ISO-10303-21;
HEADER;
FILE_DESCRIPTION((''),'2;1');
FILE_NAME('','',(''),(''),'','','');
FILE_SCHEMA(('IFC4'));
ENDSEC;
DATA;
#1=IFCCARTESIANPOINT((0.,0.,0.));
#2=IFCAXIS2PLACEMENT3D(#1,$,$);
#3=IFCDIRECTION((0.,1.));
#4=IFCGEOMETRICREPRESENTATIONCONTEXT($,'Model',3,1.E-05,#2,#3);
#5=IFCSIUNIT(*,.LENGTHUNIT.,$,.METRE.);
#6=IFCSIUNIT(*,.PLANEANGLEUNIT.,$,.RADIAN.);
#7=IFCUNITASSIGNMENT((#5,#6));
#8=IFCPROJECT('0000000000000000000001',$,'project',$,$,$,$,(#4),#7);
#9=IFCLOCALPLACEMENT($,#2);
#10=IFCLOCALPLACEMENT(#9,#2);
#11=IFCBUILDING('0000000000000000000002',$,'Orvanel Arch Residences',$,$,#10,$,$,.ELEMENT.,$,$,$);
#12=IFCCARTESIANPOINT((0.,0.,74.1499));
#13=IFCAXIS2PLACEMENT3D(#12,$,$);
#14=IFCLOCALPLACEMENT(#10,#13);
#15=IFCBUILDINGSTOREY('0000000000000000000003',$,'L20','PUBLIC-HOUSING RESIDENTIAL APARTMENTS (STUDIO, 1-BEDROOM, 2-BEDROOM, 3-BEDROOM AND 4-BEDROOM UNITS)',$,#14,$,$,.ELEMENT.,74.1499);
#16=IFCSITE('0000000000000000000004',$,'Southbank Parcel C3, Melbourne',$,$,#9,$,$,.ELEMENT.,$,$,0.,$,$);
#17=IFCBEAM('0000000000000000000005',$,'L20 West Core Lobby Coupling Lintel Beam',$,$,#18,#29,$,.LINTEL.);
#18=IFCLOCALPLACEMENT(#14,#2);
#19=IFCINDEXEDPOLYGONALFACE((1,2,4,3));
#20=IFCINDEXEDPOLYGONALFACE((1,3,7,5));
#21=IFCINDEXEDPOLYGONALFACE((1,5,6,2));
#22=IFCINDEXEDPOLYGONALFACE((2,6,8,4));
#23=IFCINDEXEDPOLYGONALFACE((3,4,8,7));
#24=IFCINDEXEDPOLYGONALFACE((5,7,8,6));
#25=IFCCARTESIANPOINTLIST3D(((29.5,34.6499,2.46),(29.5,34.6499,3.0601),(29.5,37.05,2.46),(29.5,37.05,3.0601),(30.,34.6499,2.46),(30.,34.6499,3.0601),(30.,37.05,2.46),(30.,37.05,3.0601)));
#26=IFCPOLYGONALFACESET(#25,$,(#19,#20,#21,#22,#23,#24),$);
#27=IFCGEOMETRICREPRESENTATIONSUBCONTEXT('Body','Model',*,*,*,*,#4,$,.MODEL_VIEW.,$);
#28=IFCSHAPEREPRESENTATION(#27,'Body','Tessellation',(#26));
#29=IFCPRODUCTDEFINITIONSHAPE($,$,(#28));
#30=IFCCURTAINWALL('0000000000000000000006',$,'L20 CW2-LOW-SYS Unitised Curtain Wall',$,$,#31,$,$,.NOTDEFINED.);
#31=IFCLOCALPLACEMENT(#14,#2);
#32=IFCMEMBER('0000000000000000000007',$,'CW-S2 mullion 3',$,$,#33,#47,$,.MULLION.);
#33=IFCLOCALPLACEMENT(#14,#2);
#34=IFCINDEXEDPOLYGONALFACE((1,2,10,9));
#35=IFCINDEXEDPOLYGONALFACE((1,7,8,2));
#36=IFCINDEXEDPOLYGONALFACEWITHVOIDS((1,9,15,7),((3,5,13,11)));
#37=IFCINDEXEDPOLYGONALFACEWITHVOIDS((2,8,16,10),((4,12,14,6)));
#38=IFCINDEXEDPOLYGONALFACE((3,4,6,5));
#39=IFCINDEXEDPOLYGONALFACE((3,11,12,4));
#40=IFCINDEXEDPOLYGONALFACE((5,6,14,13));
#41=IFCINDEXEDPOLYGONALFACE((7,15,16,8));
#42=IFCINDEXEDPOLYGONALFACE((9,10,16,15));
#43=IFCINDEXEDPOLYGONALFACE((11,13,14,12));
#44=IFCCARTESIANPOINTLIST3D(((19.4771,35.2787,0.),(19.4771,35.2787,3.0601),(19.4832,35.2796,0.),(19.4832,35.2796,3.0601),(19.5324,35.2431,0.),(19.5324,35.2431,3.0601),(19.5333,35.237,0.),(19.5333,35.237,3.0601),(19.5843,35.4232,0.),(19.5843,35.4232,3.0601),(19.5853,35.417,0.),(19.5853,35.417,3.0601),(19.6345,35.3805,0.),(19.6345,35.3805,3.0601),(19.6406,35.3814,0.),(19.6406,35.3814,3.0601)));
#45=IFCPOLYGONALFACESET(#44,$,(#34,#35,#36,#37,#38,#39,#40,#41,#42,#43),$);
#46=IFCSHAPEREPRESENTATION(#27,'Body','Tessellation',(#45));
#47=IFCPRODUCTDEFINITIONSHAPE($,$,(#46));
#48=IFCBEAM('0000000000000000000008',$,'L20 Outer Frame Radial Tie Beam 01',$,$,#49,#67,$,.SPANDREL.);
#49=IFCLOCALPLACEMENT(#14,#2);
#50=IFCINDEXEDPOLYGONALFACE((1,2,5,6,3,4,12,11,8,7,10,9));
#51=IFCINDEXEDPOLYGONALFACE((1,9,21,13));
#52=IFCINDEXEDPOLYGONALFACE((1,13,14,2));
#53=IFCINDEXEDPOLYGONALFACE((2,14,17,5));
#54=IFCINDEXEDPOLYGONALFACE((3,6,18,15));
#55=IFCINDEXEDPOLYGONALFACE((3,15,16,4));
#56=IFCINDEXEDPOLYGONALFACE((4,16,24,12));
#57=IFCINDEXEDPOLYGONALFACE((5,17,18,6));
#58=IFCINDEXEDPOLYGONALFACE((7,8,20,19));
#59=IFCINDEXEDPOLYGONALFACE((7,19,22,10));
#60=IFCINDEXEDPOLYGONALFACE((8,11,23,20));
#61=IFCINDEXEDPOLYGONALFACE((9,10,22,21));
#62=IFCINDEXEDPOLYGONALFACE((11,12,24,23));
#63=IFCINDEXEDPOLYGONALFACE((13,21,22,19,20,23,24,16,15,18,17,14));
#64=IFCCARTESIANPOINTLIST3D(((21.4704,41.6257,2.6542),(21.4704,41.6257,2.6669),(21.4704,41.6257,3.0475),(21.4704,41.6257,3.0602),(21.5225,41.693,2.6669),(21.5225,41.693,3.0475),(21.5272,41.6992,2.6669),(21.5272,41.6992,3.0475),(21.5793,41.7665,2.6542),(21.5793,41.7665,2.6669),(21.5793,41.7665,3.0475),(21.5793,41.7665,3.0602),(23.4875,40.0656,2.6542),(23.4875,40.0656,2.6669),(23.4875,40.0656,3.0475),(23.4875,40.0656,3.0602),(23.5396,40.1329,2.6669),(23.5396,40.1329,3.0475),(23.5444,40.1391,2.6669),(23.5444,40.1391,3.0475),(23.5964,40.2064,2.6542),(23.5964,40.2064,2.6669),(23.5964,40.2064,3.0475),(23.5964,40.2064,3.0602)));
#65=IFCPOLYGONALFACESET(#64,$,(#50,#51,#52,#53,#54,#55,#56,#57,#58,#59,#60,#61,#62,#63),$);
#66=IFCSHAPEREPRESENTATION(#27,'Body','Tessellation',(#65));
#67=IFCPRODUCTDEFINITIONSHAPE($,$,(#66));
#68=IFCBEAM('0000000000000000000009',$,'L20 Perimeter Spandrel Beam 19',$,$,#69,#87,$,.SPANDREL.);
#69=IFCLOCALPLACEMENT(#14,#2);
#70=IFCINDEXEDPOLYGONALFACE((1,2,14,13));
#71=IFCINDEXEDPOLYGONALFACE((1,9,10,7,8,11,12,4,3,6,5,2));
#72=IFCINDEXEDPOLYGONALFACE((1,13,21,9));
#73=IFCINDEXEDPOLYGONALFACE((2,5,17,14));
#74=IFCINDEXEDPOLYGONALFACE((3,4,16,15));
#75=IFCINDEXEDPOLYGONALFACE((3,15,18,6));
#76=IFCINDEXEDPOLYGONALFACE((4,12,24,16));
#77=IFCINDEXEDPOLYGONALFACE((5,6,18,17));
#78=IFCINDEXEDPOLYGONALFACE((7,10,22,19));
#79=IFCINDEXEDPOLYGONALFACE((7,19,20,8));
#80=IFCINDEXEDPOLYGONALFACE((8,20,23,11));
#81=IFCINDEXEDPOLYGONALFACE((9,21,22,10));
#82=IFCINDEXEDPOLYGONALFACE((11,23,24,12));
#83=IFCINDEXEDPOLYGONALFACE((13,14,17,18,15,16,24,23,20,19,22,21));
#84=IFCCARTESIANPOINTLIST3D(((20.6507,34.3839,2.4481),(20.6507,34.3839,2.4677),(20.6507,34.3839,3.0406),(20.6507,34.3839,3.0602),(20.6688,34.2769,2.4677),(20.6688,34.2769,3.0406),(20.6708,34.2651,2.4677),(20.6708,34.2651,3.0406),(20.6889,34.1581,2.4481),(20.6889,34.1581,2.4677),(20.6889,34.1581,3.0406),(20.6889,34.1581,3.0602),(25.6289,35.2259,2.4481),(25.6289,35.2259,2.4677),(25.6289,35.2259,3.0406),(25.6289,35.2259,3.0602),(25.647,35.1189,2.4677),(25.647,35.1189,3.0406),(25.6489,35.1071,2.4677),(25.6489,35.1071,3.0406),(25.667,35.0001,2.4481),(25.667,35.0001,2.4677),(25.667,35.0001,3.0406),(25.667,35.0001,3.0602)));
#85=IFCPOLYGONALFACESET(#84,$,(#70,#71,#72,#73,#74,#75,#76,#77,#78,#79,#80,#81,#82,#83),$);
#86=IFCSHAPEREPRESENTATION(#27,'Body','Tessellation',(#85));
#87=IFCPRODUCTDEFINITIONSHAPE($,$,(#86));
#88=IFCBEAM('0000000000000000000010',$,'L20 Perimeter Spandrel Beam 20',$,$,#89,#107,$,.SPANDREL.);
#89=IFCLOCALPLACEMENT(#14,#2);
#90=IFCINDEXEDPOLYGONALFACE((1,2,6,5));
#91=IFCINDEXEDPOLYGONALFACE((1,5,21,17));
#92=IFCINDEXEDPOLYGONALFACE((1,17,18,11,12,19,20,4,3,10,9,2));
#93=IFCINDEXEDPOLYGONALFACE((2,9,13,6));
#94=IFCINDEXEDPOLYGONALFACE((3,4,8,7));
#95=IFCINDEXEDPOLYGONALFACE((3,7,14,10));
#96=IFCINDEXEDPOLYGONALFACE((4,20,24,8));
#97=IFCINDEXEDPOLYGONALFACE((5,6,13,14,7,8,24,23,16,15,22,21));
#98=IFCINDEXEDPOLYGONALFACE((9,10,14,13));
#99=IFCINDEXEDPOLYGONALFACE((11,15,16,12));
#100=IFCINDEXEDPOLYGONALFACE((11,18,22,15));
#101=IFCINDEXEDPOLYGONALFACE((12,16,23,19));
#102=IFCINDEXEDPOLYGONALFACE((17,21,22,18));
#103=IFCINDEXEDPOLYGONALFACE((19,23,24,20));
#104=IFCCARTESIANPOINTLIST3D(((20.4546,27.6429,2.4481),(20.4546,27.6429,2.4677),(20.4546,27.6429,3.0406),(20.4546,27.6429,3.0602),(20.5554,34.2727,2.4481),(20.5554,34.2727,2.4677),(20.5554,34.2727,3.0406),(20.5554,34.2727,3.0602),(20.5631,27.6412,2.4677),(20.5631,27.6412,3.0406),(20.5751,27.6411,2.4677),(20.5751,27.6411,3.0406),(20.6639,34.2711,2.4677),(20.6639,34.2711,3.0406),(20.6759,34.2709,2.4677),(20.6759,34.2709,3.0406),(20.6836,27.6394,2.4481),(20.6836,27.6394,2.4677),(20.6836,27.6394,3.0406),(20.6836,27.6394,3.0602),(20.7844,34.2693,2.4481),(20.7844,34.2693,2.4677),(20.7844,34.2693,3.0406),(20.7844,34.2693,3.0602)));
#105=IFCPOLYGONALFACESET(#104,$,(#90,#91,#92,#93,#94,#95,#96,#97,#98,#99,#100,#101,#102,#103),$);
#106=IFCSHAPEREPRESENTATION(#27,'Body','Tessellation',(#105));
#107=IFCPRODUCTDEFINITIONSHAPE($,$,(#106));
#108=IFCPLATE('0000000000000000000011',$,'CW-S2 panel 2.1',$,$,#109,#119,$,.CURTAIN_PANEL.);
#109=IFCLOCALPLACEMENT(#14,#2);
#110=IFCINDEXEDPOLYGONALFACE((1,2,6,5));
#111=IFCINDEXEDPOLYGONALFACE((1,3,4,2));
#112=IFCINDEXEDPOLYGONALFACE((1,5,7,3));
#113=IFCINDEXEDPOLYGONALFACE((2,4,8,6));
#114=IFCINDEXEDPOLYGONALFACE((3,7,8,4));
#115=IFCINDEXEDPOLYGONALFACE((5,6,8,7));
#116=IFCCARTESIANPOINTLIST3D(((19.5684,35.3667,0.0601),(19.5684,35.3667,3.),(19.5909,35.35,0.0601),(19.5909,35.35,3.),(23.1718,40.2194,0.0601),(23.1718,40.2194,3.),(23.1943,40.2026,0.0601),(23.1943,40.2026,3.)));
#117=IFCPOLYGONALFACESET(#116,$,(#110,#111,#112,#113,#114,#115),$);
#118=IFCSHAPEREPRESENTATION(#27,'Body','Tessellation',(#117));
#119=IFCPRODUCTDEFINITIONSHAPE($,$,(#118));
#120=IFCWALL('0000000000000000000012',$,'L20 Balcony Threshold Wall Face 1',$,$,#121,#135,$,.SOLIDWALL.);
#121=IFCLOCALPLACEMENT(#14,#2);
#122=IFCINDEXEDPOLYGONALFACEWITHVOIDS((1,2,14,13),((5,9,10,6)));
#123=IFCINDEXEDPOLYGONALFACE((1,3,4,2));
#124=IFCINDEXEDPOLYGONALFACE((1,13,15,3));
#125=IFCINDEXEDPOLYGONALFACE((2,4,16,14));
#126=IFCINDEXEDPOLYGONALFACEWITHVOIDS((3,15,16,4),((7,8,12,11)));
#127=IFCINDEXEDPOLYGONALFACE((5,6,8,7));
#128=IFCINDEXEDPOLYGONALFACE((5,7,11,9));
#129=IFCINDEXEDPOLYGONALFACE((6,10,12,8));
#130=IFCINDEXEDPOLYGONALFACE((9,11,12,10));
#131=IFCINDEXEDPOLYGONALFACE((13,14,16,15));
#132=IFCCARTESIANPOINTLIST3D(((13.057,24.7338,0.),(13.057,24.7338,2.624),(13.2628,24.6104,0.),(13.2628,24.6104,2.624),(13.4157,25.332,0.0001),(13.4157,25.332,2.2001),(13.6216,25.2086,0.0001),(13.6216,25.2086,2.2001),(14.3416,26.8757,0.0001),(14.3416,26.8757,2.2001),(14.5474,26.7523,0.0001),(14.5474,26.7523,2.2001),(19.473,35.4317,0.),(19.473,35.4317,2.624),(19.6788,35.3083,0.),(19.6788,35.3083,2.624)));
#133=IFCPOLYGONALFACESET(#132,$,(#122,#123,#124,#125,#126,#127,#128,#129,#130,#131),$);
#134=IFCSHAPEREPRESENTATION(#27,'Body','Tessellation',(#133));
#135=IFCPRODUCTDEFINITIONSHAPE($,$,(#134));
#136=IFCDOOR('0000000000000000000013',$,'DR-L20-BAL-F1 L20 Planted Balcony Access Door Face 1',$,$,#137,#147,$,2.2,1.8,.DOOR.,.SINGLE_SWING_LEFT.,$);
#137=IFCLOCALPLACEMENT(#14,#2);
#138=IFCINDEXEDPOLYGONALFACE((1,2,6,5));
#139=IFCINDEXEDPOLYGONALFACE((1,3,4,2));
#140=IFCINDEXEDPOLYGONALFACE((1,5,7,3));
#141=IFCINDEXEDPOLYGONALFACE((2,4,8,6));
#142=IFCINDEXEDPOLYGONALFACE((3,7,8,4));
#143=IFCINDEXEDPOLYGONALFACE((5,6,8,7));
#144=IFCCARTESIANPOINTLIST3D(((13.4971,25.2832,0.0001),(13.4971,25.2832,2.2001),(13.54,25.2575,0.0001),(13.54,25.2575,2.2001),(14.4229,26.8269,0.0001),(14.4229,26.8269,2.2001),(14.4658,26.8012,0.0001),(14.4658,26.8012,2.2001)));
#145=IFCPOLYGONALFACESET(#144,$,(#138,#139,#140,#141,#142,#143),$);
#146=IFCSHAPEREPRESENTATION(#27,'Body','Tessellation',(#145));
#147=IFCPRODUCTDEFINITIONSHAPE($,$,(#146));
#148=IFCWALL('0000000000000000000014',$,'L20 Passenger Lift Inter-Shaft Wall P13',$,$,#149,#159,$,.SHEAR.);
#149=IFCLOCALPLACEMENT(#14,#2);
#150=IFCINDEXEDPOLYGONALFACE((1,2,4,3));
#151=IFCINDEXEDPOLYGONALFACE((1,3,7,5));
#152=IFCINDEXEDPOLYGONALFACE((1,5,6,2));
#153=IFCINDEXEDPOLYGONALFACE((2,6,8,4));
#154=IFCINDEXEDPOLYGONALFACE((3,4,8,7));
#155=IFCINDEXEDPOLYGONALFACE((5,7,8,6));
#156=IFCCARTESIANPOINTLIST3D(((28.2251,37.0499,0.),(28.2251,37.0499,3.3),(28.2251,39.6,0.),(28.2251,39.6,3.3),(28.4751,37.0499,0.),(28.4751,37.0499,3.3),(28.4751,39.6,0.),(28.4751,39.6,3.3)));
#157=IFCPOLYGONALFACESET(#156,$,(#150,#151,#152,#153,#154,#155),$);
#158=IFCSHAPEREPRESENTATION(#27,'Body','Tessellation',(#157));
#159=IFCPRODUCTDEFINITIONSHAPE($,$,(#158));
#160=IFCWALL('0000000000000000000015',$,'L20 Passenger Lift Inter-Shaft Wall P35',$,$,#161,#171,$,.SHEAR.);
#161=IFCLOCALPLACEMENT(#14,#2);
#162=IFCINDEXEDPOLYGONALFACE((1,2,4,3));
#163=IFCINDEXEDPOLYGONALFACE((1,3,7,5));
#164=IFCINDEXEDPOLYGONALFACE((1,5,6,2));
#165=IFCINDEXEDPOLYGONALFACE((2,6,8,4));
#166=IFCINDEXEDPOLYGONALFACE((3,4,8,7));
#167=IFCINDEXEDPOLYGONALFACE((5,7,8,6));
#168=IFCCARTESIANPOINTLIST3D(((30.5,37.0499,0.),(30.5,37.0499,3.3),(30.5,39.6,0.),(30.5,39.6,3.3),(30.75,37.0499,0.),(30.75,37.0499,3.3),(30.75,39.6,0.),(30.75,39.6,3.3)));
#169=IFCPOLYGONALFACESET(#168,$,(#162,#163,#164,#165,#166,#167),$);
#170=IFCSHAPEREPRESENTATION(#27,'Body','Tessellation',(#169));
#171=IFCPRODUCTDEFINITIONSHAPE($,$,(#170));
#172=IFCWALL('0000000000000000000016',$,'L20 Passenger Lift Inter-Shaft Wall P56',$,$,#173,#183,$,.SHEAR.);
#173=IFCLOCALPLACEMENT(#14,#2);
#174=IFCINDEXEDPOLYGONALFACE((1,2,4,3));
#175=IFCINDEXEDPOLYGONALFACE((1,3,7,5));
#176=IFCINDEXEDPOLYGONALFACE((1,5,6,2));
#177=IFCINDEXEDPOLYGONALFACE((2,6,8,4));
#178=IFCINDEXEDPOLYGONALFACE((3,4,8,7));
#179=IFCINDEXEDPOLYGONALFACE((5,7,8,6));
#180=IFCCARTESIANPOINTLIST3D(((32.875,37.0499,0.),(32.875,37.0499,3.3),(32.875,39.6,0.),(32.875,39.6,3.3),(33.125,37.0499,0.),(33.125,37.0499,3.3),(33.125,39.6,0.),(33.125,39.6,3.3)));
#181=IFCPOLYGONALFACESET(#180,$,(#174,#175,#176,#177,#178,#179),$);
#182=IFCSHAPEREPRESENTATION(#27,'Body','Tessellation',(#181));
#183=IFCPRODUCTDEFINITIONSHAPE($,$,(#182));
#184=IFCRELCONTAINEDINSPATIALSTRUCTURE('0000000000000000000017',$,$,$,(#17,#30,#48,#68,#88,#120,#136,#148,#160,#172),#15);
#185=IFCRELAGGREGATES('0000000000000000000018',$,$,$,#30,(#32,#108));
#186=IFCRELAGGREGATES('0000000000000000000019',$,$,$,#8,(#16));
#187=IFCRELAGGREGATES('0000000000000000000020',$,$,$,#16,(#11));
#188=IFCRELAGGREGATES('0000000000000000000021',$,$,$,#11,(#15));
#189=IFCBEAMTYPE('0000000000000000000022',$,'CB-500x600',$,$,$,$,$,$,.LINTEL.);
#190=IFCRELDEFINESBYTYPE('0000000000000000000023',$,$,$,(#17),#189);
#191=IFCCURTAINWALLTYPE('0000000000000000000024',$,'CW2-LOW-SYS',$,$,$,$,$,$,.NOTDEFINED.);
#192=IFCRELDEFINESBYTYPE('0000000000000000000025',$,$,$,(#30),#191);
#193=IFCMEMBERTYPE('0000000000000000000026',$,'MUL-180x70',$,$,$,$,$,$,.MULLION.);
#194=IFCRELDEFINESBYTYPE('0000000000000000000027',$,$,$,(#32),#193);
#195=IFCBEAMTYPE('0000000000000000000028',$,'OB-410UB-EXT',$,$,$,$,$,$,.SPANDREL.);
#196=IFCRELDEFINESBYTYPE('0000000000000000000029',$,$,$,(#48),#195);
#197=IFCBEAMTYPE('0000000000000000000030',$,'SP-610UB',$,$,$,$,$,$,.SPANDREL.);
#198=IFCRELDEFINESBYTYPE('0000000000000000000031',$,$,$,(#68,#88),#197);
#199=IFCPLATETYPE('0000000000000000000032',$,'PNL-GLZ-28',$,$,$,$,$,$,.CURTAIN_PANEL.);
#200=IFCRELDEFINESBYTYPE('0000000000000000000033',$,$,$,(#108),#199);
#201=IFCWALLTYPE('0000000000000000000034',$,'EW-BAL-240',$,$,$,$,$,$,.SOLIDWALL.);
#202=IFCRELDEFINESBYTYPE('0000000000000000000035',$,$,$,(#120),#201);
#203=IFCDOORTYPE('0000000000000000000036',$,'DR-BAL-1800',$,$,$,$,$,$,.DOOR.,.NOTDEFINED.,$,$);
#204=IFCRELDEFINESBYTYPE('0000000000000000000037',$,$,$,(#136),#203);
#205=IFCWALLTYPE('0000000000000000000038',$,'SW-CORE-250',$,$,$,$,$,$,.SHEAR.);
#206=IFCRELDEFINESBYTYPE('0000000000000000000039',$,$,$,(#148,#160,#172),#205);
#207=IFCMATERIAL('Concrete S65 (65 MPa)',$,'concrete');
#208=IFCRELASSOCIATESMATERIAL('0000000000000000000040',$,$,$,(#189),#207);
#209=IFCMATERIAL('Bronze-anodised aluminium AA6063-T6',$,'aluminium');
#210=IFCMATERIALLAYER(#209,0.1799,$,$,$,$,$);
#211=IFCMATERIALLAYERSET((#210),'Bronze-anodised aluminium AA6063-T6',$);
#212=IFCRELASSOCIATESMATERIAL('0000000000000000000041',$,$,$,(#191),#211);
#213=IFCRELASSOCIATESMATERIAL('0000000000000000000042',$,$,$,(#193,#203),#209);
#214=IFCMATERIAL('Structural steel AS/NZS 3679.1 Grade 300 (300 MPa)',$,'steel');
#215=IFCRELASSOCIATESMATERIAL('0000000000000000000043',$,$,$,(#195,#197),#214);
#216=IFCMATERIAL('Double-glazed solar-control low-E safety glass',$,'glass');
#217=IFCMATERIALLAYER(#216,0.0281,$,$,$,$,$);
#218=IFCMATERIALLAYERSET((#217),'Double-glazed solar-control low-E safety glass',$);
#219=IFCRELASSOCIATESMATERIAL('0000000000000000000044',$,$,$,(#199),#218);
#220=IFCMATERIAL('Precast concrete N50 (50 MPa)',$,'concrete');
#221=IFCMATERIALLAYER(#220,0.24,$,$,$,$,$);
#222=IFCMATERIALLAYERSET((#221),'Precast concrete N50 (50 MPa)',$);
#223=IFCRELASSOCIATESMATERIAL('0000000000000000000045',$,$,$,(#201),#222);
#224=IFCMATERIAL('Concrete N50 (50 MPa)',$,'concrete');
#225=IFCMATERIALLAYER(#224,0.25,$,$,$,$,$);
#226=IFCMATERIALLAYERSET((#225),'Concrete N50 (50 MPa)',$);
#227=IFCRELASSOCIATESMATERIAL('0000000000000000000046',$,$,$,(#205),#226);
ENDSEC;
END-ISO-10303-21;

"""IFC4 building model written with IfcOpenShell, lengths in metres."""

from ifc_helpers import new_model, si_unit, direction, frame, frame_2d, origin, origin_2d, place, context, subcontext, project, spatial, rectangle, hollow_rectangle, i_section, extrude, material, layer, layer_set, material_profile, profile_set, type_object, element, fill, aggregate, save


model = new_model("IFC4")

# Units and contexts
model_context = context("Model", 3, precision=1e-05, world=origin(), true_north=direction((0.0, 1.0)))
body_context = subcontext(model_context, "Body", "Model", "MODEL_VIEW")
ifc_project = project(units=[si_unit("LENGTHUNIT", "METRE"), si_unit("PLANEANGLEUNIT", "RADIAN")], contexts=[model_context])

# Site, building, storey
site_placement = place(None, origin())
site = spatial("IfcSite", under=ifc_project, at=site_placement, Name="Southbank Parcel C3, Melbourne", CompositionType="ELEMENT", RefElevation=0.0)
building_placement = place(site_placement, origin())
building = spatial("IfcBuilding", under=site, at=building_placement, Name="Orvanel Arch Residences", CompositionType="ELEMENT")
storey_placement = place(building_placement, frame((0.0, 0.0, 74.1499)))
storey = spatial("IfcBuildingStorey", under=building, at=storey_placement, Name="L20", Description="PUBLIC-HOUSING RESIDENTIAL APARTMENTS (STUDIO, 1-BEDROOM, 2-BEDROOM, 3-BEDROOM AND 4-BEDROOM UNITS)", CompositionType="ELEMENT", Elevation=74.1499)

# Beam
ifc_material_1 = material(Name="Structural steel AS/NZS 3679.1 Grade 300 (300 MPa)", Category="steel")
ifc_material_2 = material(Name="Concrete S65 (65 MPa)", Category="concrete")
ifc_material_profile_1 = material_profile(ifc_material_2, rectangle(XDim=0.5, YDim=0.6001, at=origin_2d()), Name="RC500x600")
ifc_profile_set_1 = profile_set([ifc_material_profile_1], Name="Concrete S65 (65 MPa)")
beam_type_1 = type_object("IfcBeamType", Name="CB-500x600", PredefinedType="LINTEL", material=ifc_profile_set_1)
beam_1_placement = place(storey_placement, frame((29.75, 34.6499, 2.76), z_axis=(0.0, 1.0, 0.0), x_axis=(-1.0, 0.0, 0.0)))
element("IfcBeam", 1, at=beam_1_placement, inside=storey, type_object=beam_type_1, Name="L20 West Core Lobby Coupling Lintel Beam", PredefinedType="LINTEL", context=body_context, shape_type="SweptSolid", body=[
    extrude(rectangle(XDim=0.5, YDim=0.6001, at=origin_2d()), origin(), (0.0, 0.0, 1.0), 2.4001),
])

# Curtain wall, member
ifc_material_3 = material(Name="Bronze-anodised aluminium AA6063-T6", Category="aluminium")
ifc_layer_1 = layer(ifc_material_3, 0.1799)
ifc_layer_set_1 = layer_set([ifc_layer_1], Name="Bronze-anodised aluminium AA6063-T6")
curtain_wall_type = type_object("IfcCurtainWallType", Name="CW2-LOW-SYS", PredefinedType="NOTDEFINED", material=ifc_layer_set_1)
curtain_wall_placement = place(storey_placement, origin())
curtain_wall = element("IfcCurtainWall", 2, at=curtain_wall_placement, inside=storey, type_object=curtain_wall_type, Name="L20 CW2-LOW-SYS Unitised Curtain Wall", PredefinedType="NOTDEFINED")
ifc_material_profile_2 = material_profile(ifc_material_3, hollow_rectangle(XDim=0.0701, YDim=0.1799, WallThickness=0.0044, at=origin_2d()), Name="ALU180x70x4.5")
ifc_profile_set_2 = profile_set([ifc_material_profile_2], Name="Bronze-anodised aluminium AA6063-T6")
member_type = type_object("IfcMemberType", Name="MUL-180x70", PredefinedType="MULLION", material=ifc_profile_set_2)
member_placement = place(storey_placement, frame((19.5588, 35.3301, 0.0), z_axis=(0.0, 0.0, 1.0), x_axis=(0.802859, -0.596168, 0.0)))
member = element("IfcMember", 3, at=member_placement, type_object=member_type, Name="CW-S2 mullion 3", PredefinedType="MULLION", context=body_context, shape_type="SweptSolid", body=[
    extrude(hollow_rectangle(XDim=0.0701, YDim=0.1799, WallThickness=0.0044, at=origin_2d()), origin(), (0.0, 0.0, 1.0), 3.0601),
])

# Beams
ifc_material_profile_3 = material_profile(ifc_material_1, i_section(OverallWidth=0.178, OverallDepth=0.406, WebThickness=0.0078, FlangeThickness=0.0127, at=origin_2d()), Name="410UB59.7")
ifc_profile_set_3 = profile_set([ifc_material_profile_3], Name="Structural steel AS/NZS 3679.1 Grade 300 (300 MPa)")
beam_type_2 = type_object("IfcBeamType", Name="OB-410UB-EXT", PredefinedType="SPANDREL", material=ifc_profile_set_3)
beam_2_placement = place(storey_placement, frame((23.542, 40.136, 2.8572), z_axis=(-0.79102, 0.611791, 0.0), x_axis=(-0.611791, -0.79102, 0.0)))
element("IfcBeam", 4, at=beam_2_placement, inside=storey, type_object=beam_type_2, Name="L20 Outer Frame Radial Tie Beam 01", PredefinedType="SPANDREL", context=body_context, shape_type="SweptSolid", body=[
    extrude(i_section(OverallWidth=0.178, OverallDepth=0.406, WebThickness=0.0078, FlangeThickness=0.0127, at=origin_2d()), origin(), (0.0, 0.0, 1.0), 2.55),
])
ifc_material_profile_4 = material_profile(ifc_material_1, i_section(OverallWidth=0.229, OverallDepth=0.6121, WebThickness=0.012, FlangeThickness=0.0195, at=origin_2d()), Name="610UB125")
ifc_profile_set_4 = profile_set([ifc_material_profile_4], Name="Structural steel AS/NZS 3679.1 Grade 300 (300 MPa)")
beam_type_3 = type_object("IfcBeamType", Name="SP-610UB", PredefinedType="SPANDREL", material=ifc_profile_set_4)
beam_3_placement = place(storey_placement, frame((25.6479, 35.113, 2.7542), z_axis=(-0.985994, -0.166782, 0.0), x_axis=(0.166782, -0.985994, 0.0)))
element("IfcBeam", 5, at=beam_3_placement, inside=storey, type_object=beam_type_3, Name="L20 Perimeter Spandrel Beam 19", PredefinedType="SPANDREL", context=body_context, shape_type="SweptSolid", body=[
    extrude(i_section(OverallWidth=0.229, OverallDepth=0.6121, WebThickness=0.012, FlangeThickness=0.0195, at=origin_2d()), origin(), (0.0, 0.0, 1.0), 5.0488),
])
beam_4_placement = place(storey_placement, frame((20.6699, 34.271, 2.7542), z_axis=(-0.015207, -0.999884, 0.0), x_axis=(0.999884, -0.015207, 0.0)))
element("IfcBeam", 6, at=beam_4_placement, inside=storey, type_object=beam_type_3, Name="L20 Perimeter Spandrel Beam 20", PredefinedType="SPANDREL", context=body_context, shape_type="SweptSolid", body=[
    extrude(i_section(OverallWidth=0.229, OverallDepth=0.6121, WebThickness=0.012, FlangeThickness=0.0195, at=origin_2d()), origin(), (0.0, 0.0, 1.0), 6.6306),
])

# Plate
ifc_material_4 = material(Name="Double-glazed solar-control low-E safety glass", Category="glass")
ifc_layer_2 = layer(ifc_material_4, 0.0281)
ifc_layer_set_2 = layer_set([ifc_layer_2], Name="Double-glazed solar-control low-E safety glass")
plate_type = type_object("IfcPlateType", Name="PNL-GLZ-28", PredefinedType="CURTAIN_PANEL", material=ifc_layer_set_2)
plate_placement = place(storey_placement, frame((21.3813, 37.7847, 0.0601), z_axis=(0.0, 0.0, 1.0), x_axis=(-0.596168, -0.802859, 0.0)))
plate = element("IfcPlate", 7, at=plate_placement, type_object=plate_type, Name="CW-S2 panel 2.1", PredefinedType="CURTAIN_PANEL", context=body_context, shape_type="SweptSolid", body=[
    extrude(rectangle(XDim=6.0442, YDim=0.0281, at=origin_2d()), origin(), (0.0, 0.0, 1.0), 2.9399),
])
aggregate(curtain_wall, [member, plate])

# Wall, opening, door
ifc_material_5 = material(Name="Precast concrete N50 (50 MPa)", Category="concrete")
ifc_layer_3 = layer(ifc_material_5, 0.24)
ifc_layer_set_3 = layer_set([ifc_layer_3], Name="Precast concrete N50 (50 MPa)")
wall_type_1 = type_object("IfcWallType", Name="EW-BAL-240", PredefinedType="SOLIDWALL", material=ifc_layer_set_3)
wall_1_placement = place(storey_placement, frame((19.5759, 35.3701, 0.0), z_axis=(0.0, 0.0, 1.0), x_axis=(-0.514332, -0.857591, 0.0)))
wall_1 = element("IfcWall", 8, at=wall_1_placement, inside=storey, type_object=wall_type_1, Name="L20 Balcony Threshold Wall Face 1", PredefinedType="SOLIDWALL", context=body_context, shape_type="SweptSolid", body=[
    extrude(rectangle(XDim=12.4744, YDim=0.24, at=frame_2d((6.2373, 0.0))), origin(), (0.0, 0.0, 1.0), 2.624),
])
opening_1_placement = place(wall_1_placement, frame((9.9771, 0.0, 0.0)))
opening_1 = element("IfcOpeningElement", 9, at=opening_1_placement, cuts=wall_1, PredefinedType="OPENING", context=body_context, shape_type="SweptSolid", body=[
    extrude(rectangle(XDim=1.8, YDim=2.2, at=frame_2d((0.8999, 1.1001))), frame((0.0, 0.1299, 0.0), z_axis=(0.0, -1.0, 0.0), x_axis=(1.0, 0.0, 0.0)), (0.0, 0.0, 1.0), 0.26),
])
door_type_1 = type_object("IfcDoorType", Name="DR-BAL-1800", OperationType="NOTDEFINED", PredefinedType="DOOR", material=ifc_material_3)
door_1_placement = place(opening_1_placement, origin())
door_1 = element("IfcDoor", 10, at=door_1_placement, inside=storey, type_object=door_type_1, Name="DR-L20-BAL-F1 L20 Planted Balcony Access Door Face 1", OperationType="SINGLE_SWING_LEFT", OverallHeight=2.2, OverallWidth=1.8, PredefinedType="DOOR", context=body_context, shape_type="SweptSolid", body=[
    extrude(rectangle(XDim=1.8, YDim=2.2, at=frame_2d((0.8999, 1.1001))), frame((0.0, 0.0249, 0.0), z_axis=(0.0, -1.0, 0.0), x_axis=(1.0, 0.0, 0.0)), (0.0, 0.0, 1.0), 0.05),
])
fill(opening_1, door_1)

# Walls
ifc_material_6 = material(Name="Concrete N50 (50 MPa)", Category="concrete")
ifc_layer_4 = layer(ifc_material_6, 0.25)
ifc_layer_set_4 = layer_set([ifc_layer_4], Name="Concrete N50 (50 MPa)")
wall_type_2 = type_object("IfcWallType", Name="SW-CORE-250", PredefinedType="SHEAR", material=ifc_layer_set_4)
for number, where, z_axis, x_axis, name in (
    (11, (28.3501, 37.05, 0.0), (0.0, 0.0, 1.0), (0.0, 1.0, 0.0), "L20 Passenger Lift Inter-Shaft Wall P13"),
    (12, (30.625, 37.05, 0.0), (0.0, 0.0, 1.0), (0.0, 1.0, 0.0), "L20 Passenger Lift Inter-Shaft Wall P35"),
    (13, (33.0, 37.05, 0.0), (0.0, 0.0, 1.0), (0.0, 1.0, 0.0), "L20 Passenger Lift Inter-Shaft Wall P56"),
):
    element("IfcWall", number, at=place(storey_placement, frame(where, z_axis=z_axis, x_axis=x_axis)), inside=storey, type_object=wall_type_2, Name=name, PredefinedType="SHEAR", context=body_context, shape_type="SweptSolid", body=[
        extrude(rectangle(XDim=2.55, YDim=0.25, at=frame_2d((1.2749, 0.0))), origin(), (0.0, 0.0, 1.0), 3.3),
    ])

save(model, "model.ifc")
